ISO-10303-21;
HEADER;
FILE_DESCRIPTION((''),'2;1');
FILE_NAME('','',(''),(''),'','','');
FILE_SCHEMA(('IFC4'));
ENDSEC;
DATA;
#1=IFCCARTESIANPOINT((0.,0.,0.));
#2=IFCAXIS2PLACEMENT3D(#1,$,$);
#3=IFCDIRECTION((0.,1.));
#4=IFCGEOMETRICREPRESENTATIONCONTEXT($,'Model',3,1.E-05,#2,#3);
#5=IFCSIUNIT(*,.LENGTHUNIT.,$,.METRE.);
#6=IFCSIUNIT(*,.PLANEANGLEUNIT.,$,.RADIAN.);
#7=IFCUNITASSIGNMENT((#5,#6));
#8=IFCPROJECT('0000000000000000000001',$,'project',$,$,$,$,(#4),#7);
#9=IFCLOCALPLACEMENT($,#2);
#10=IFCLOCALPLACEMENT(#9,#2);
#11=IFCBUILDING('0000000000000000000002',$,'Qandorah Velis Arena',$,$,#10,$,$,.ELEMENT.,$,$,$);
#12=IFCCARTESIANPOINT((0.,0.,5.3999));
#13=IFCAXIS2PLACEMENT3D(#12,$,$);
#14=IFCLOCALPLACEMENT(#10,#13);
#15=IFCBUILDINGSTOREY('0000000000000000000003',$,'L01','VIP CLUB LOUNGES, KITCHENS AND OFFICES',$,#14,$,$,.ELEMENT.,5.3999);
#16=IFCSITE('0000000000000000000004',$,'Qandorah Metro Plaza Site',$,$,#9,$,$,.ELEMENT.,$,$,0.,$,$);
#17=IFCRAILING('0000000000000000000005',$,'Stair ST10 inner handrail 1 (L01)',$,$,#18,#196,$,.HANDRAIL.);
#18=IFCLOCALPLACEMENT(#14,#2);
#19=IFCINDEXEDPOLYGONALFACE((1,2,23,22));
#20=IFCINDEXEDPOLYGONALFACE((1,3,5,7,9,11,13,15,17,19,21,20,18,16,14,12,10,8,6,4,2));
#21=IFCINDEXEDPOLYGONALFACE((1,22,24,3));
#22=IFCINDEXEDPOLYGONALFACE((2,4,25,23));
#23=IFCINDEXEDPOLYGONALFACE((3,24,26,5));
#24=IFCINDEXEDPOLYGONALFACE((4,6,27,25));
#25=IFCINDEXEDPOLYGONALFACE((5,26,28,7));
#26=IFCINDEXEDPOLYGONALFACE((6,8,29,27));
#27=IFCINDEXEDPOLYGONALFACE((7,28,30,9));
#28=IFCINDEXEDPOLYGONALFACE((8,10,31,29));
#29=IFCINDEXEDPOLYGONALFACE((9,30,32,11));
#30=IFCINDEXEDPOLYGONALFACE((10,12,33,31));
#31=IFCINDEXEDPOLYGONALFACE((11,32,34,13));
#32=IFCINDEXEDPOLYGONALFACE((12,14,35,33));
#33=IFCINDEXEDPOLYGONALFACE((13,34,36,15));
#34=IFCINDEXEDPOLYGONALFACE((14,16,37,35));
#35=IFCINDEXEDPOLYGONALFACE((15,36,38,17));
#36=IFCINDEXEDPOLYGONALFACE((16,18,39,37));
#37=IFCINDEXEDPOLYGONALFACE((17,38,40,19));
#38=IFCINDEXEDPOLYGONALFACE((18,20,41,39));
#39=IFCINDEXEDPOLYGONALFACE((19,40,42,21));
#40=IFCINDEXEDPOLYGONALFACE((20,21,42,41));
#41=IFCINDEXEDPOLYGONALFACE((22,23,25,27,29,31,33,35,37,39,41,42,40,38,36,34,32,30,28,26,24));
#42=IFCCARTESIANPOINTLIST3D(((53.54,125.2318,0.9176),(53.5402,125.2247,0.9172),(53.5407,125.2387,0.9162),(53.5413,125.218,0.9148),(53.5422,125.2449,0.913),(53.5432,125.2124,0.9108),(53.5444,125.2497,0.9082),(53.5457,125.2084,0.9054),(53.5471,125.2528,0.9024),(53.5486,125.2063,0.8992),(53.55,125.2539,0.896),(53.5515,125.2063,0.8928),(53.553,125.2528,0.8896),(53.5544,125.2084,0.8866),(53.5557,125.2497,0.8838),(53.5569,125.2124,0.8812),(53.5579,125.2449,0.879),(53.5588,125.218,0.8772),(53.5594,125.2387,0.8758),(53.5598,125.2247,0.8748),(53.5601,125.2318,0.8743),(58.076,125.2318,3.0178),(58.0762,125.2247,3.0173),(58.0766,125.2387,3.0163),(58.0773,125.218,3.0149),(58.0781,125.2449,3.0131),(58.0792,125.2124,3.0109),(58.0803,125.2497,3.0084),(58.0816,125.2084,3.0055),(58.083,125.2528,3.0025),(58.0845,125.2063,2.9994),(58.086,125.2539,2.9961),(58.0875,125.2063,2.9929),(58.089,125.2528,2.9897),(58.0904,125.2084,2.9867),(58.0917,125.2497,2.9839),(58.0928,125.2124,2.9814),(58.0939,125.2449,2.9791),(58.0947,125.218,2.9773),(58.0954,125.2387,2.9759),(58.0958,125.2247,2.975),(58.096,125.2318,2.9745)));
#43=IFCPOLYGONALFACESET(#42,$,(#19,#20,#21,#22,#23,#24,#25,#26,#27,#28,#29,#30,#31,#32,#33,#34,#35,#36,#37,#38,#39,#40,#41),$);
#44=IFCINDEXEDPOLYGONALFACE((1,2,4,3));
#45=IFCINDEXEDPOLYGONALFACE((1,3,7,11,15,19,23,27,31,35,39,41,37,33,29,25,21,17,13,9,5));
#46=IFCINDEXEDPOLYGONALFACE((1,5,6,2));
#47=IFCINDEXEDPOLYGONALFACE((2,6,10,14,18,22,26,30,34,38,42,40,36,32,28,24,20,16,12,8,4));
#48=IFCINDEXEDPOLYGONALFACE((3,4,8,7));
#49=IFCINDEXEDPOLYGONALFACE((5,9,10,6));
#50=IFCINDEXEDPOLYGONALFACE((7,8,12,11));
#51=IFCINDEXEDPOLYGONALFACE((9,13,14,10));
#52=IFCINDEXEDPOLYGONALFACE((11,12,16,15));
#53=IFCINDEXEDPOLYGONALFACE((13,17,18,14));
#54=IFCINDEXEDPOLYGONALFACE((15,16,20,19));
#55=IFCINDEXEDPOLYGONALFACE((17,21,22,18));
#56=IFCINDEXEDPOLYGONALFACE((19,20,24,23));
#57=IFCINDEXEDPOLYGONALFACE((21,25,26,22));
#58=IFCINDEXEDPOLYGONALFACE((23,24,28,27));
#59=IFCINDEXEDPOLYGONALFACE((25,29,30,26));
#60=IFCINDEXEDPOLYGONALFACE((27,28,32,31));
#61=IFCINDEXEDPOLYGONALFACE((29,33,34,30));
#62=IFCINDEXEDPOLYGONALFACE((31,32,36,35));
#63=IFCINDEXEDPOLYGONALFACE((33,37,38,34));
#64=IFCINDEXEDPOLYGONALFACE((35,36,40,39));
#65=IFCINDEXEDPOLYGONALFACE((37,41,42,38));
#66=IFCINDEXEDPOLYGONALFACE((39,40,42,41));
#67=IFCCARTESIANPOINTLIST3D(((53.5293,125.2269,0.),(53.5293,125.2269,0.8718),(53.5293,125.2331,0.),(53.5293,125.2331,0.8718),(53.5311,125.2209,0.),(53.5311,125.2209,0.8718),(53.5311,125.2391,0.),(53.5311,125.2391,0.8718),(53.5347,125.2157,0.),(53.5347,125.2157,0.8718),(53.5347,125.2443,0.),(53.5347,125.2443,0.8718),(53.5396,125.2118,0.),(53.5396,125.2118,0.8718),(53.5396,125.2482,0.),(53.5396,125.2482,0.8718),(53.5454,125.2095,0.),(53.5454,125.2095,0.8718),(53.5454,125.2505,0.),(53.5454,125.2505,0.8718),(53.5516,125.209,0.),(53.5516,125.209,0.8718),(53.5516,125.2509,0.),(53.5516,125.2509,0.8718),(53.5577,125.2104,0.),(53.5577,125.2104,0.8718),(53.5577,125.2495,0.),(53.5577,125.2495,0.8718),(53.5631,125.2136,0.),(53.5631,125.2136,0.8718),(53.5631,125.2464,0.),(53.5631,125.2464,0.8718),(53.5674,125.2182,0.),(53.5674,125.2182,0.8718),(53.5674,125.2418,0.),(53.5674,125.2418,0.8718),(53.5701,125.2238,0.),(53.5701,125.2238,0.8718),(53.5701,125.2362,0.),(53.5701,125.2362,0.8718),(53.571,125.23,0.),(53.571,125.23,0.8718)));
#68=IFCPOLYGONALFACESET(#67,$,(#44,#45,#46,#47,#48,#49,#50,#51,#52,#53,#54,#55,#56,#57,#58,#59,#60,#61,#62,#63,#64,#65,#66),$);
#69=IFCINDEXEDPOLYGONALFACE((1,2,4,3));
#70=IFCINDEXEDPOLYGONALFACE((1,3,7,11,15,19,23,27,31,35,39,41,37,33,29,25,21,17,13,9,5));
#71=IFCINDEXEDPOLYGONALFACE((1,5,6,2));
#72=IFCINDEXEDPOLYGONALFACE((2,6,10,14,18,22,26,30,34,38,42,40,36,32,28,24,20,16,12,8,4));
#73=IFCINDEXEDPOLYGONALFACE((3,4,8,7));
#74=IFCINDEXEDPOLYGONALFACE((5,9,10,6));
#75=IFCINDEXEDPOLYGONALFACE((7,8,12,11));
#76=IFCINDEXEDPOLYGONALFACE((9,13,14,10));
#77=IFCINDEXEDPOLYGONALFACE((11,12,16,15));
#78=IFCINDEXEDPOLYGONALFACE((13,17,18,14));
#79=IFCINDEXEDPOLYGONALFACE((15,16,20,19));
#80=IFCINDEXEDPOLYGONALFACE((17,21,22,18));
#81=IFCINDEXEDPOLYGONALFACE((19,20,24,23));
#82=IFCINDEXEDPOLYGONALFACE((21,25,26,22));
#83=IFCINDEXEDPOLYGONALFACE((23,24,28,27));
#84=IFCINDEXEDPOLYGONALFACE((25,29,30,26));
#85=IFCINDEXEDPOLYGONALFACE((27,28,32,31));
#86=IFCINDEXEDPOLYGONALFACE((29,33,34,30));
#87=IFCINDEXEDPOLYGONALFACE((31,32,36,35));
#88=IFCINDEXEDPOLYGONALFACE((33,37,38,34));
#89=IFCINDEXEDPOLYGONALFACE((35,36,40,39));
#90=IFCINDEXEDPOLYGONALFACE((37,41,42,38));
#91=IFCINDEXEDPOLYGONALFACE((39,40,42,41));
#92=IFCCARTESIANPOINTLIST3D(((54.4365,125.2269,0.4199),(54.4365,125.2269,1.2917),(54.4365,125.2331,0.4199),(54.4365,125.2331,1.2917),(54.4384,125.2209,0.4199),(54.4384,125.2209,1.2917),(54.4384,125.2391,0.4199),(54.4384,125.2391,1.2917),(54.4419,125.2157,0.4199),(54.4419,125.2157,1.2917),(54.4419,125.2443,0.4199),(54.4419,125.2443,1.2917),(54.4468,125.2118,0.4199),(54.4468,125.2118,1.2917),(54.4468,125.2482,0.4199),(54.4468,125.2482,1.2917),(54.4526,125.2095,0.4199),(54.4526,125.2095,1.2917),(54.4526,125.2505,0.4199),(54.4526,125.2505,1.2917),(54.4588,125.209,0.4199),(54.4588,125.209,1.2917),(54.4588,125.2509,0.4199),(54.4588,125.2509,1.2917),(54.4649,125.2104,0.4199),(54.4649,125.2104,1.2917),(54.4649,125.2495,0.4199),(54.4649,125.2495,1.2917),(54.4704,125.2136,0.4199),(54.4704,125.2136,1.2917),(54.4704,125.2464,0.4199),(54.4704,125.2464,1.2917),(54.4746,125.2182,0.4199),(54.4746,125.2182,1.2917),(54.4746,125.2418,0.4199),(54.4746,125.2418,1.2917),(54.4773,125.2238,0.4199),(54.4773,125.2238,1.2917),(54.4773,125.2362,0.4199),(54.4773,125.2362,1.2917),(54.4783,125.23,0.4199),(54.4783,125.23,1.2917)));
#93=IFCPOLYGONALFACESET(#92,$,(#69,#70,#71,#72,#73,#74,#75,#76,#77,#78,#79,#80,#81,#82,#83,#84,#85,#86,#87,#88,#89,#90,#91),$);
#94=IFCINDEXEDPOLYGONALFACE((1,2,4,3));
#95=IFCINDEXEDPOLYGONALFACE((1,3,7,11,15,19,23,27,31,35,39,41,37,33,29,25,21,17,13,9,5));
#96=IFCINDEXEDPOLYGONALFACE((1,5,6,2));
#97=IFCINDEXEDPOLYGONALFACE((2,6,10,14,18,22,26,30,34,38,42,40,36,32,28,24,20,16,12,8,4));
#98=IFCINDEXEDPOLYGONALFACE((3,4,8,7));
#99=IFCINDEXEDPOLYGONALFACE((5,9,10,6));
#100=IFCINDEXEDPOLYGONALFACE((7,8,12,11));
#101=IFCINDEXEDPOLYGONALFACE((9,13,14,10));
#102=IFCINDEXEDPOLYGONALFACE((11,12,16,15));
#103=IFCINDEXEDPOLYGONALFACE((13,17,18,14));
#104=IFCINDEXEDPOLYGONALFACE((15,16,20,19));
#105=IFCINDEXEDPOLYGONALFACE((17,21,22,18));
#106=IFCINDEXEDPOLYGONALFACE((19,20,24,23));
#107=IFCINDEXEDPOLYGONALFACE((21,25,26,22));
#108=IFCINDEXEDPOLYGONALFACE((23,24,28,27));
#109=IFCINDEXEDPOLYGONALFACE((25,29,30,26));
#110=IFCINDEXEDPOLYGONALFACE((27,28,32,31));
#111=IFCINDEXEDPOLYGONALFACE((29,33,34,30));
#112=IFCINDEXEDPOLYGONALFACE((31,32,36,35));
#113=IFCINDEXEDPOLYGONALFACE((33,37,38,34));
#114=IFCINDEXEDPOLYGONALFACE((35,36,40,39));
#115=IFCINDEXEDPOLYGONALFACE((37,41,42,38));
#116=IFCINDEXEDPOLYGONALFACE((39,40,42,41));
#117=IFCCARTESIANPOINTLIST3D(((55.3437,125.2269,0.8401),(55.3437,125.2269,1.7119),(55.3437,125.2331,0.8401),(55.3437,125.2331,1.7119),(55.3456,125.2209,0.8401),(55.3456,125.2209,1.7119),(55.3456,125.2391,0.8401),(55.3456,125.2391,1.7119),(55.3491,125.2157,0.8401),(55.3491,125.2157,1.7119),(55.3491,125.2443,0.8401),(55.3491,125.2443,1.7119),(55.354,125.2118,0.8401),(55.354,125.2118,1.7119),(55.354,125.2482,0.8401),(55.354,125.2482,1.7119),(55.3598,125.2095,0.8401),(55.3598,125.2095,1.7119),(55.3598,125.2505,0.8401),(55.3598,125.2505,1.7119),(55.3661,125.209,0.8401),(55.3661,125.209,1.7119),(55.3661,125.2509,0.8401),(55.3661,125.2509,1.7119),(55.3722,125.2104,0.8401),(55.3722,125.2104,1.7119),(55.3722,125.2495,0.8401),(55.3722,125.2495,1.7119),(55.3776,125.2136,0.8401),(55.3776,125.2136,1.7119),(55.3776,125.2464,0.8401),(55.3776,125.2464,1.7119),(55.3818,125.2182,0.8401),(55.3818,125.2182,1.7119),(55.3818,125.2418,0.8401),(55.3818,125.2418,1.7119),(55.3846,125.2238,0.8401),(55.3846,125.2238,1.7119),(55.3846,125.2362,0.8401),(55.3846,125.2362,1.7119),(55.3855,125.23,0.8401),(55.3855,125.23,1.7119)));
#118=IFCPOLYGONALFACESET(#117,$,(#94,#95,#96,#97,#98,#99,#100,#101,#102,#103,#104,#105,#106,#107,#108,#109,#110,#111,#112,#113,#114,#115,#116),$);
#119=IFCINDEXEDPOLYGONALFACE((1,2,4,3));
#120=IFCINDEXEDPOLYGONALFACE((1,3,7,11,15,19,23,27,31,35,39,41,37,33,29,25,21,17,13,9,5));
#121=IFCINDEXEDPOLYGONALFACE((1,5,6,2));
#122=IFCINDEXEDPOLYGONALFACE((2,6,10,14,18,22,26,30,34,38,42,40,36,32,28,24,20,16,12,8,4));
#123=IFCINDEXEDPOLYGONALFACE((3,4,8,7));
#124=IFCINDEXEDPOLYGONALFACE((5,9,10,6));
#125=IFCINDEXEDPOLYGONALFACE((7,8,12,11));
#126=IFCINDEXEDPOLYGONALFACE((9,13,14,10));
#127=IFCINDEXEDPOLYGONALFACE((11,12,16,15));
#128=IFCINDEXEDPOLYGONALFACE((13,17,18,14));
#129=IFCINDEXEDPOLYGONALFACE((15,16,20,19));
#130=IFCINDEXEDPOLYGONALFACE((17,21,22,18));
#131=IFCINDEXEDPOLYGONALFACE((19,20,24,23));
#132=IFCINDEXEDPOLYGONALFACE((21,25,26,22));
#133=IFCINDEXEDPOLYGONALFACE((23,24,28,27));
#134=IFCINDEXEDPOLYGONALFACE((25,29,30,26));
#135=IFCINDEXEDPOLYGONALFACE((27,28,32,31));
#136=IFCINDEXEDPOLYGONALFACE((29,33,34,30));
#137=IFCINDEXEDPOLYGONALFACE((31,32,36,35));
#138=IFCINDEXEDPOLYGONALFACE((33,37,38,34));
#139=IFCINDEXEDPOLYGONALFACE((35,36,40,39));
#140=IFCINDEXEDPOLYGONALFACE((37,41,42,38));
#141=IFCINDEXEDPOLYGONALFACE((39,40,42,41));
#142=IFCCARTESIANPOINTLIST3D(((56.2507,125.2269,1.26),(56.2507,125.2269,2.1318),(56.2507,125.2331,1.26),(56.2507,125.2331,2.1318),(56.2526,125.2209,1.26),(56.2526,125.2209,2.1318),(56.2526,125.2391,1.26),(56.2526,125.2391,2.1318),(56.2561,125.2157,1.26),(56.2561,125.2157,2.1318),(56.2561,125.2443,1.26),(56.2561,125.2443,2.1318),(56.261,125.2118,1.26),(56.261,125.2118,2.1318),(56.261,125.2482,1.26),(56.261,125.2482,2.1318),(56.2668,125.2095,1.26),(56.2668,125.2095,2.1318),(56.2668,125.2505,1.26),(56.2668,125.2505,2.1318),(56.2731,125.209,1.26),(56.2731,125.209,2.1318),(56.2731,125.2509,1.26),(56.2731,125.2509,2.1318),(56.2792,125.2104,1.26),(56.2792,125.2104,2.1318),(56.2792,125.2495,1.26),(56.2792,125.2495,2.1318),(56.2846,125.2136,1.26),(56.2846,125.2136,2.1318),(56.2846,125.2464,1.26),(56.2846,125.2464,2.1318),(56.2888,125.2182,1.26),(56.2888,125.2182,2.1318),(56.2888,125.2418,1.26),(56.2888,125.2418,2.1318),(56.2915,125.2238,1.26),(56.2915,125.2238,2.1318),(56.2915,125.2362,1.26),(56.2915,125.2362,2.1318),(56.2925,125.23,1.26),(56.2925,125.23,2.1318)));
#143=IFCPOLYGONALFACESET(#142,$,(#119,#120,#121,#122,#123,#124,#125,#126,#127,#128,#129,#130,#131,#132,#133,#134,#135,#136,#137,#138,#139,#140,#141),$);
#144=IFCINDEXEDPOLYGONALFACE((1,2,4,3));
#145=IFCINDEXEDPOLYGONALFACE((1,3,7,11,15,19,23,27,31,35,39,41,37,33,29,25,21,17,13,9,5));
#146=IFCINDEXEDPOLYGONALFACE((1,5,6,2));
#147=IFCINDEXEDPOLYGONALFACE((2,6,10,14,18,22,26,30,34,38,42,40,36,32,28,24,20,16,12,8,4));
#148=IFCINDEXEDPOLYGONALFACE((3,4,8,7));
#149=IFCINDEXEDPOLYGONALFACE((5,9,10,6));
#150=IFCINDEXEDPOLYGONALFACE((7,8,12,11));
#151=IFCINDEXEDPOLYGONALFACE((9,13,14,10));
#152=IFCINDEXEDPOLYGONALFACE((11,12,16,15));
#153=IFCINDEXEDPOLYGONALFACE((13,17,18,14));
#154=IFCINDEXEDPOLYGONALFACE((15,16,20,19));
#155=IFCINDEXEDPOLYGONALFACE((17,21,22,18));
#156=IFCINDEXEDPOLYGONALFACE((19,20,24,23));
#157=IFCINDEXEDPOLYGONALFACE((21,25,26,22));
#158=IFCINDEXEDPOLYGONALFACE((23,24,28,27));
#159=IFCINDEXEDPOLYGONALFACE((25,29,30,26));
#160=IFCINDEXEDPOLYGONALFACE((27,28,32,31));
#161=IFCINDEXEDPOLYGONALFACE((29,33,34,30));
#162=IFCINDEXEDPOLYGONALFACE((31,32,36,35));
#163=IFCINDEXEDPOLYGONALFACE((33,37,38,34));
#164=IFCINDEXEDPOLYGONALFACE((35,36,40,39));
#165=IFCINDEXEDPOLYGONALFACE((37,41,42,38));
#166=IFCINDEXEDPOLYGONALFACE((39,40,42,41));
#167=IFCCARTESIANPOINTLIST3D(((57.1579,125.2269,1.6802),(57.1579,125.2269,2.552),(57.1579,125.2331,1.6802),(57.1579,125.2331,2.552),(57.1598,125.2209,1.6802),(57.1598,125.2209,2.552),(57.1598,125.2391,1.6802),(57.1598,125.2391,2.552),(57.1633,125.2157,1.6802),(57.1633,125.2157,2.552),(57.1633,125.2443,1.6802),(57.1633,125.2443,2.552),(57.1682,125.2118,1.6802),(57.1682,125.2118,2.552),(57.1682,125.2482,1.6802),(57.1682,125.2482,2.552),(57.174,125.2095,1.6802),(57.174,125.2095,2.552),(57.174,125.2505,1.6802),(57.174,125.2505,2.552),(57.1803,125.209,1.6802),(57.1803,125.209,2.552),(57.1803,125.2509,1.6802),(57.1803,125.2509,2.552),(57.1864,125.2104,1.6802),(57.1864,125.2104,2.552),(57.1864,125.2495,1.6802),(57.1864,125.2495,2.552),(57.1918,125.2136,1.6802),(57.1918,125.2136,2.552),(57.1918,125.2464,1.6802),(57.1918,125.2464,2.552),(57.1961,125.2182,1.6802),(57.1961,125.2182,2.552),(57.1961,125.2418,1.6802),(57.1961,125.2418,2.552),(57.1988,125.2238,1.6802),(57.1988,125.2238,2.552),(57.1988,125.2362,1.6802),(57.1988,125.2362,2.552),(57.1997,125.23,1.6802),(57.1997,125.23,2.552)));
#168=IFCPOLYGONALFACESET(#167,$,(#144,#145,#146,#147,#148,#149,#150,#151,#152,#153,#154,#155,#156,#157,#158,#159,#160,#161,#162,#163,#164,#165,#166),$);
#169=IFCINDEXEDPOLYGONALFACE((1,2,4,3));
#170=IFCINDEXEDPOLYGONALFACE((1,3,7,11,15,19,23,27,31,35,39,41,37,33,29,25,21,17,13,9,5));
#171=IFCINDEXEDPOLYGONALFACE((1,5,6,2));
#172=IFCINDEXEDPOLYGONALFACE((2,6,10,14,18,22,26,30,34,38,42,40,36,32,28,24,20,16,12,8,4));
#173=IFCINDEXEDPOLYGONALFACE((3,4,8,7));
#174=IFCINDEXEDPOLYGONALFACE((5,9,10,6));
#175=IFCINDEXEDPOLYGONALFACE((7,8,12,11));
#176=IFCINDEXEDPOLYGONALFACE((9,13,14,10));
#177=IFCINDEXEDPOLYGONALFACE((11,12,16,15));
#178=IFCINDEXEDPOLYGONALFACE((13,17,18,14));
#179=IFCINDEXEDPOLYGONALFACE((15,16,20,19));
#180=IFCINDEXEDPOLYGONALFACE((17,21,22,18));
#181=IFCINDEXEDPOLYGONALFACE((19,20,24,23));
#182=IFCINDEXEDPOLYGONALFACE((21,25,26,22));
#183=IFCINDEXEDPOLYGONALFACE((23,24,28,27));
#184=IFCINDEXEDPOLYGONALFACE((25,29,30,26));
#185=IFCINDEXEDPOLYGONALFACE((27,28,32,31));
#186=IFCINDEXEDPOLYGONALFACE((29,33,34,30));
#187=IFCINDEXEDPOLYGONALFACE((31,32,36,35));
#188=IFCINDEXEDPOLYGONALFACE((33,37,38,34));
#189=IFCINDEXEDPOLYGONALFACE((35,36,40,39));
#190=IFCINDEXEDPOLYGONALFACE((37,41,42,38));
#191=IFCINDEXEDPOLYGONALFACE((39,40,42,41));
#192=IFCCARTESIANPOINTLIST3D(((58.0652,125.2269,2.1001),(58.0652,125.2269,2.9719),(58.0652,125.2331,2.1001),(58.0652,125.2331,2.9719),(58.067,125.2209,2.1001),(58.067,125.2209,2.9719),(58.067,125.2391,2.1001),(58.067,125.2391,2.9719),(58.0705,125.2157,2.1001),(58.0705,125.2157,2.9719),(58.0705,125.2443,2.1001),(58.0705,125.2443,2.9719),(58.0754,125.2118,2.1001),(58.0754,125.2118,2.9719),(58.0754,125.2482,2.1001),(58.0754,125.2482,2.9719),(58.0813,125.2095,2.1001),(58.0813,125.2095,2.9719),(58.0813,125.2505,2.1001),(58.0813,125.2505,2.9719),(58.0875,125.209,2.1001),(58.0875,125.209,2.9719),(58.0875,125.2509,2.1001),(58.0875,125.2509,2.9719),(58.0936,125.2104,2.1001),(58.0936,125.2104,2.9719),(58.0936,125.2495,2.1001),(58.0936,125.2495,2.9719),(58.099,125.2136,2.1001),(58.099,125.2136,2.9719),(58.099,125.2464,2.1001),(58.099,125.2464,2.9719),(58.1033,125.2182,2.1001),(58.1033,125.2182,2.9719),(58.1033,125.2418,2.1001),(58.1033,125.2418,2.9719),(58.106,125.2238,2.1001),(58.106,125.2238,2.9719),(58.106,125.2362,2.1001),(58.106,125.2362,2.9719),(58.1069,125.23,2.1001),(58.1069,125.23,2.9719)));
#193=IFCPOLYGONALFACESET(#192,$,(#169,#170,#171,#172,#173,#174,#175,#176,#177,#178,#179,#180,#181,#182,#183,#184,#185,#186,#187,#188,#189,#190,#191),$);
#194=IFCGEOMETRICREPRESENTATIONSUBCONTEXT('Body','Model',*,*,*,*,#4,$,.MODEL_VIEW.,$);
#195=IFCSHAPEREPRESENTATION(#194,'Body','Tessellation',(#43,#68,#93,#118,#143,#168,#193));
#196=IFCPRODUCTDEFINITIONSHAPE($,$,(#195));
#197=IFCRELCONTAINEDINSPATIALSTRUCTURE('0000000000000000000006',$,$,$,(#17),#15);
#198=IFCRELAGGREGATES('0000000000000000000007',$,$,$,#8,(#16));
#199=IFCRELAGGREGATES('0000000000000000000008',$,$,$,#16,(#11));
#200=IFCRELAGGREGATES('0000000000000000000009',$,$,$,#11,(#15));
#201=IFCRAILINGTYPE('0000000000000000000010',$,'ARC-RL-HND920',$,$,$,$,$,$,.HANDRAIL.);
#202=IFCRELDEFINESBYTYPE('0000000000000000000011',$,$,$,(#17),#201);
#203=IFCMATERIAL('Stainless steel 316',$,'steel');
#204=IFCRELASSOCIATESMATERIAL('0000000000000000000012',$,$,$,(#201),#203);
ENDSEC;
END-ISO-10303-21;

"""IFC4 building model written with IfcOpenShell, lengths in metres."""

from ifc_helpers import new_model, si_unit, direction, frame, origin, origin_2d, place, context, subcontext, project, spatial, circle, extrude, material, type_object, element, save


model = new_model("IFC4")

# Units and contexts
model_context = context("Model", 3, precision=1e-05, world=origin(), true_north=direction((0.0, 1.0)))
body_context = subcontext(model_context, "Body", "Model", "MODEL_VIEW")
ifc_project = project(units=[si_unit("LENGTHUNIT", "METRE"), si_unit("PLANEANGLEUNIT", "RADIAN")], contexts=[model_context])

# Site, building, storey
site_placement = place(None, origin())
site = spatial("IfcSite", under=ifc_project, at=site_placement, Name="Qandorah Metro Plaza Site", CompositionType="ELEMENT", RefElevation=0.0)
building_placement = place(site_placement, origin())
building = spatial("IfcBuilding", under=site, at=building_placement, Name="Qandorah Velis Arena", CompositionType="ELEMENT")
storey_placement = place(building_placement, frame((0.0, 0.0, 5.3999)))
storey = spatial("IfcBuildingStorey", under=building, at=storey_placement, Name="L01", Description="VIP CLUB LOUNGES, KITCHENS AND OFFICES", CompositionType="ELEMENT", Elevation=5.3999)

# Railing
ifc_material_1 = material(Name="Stainless steel 316", Category="steel")
railing_type_1 = type_object("IfcRailingType", Name="ARC-RL-HND920", PredefinedType="HANDRAIL", material=ifc_material_1)
railing_1_placement = place(storey_placement, frame((53.55, 125.23, 0.0)))
element("IfcRailing", 1, at=railing_1_placement, inside=storey, type_object=railing_type_1, Name="Stair ST10 inner handrail 1 (L01)", PredefinedType="HANDRAIL", context=body_context, shape_type="SweptSolid", body=[
    extrude(circle(Radius=0.0239, at=origin_2d()), frame((0.0, 0.0, 0.896), z_axis=(0.907456, 0.0, 0.420148), x_axis=(0.0, 1.0, 0.0)), (0.0, 0.0, 1.0), 4.9985),
    extrude(circle(Radius=0.021, at=origin_2d()), origin(), (0.0, 0.0, 1.0), 0.8718),
    extrude(circle(Radius=0.021, at=origin_2d()), frame((0.9072, 0.0, 0.4199)), (0.0, 0.0, 1.0), 0.8718),
    extrude(circle(Radius=0.021, at=origin_2d()), frame((1.8145, 0.0, 0.8401)), (0.0, 0.0, 1.0), 0.8718),
    extrude(circle(Radius=0.021, at=origin_2d()), frame((2.7214, 0.0, 1.26)), (0.0, 0.0, 1.0), 0.8718),
    extrude(circle(Radius=0.021, at=origin_2d()), frame((3.6287, 0.0, 1.6802)), (0.0, 0.0, 1.0), 0.8718),
    extrude(circle(Radius=0.021, at=origin_2d()), frame((4.5359, 0.0, 2.1001)), (0.0, 0.0, 1.0), 0.8718),
])

save(model, "model.ifc")
